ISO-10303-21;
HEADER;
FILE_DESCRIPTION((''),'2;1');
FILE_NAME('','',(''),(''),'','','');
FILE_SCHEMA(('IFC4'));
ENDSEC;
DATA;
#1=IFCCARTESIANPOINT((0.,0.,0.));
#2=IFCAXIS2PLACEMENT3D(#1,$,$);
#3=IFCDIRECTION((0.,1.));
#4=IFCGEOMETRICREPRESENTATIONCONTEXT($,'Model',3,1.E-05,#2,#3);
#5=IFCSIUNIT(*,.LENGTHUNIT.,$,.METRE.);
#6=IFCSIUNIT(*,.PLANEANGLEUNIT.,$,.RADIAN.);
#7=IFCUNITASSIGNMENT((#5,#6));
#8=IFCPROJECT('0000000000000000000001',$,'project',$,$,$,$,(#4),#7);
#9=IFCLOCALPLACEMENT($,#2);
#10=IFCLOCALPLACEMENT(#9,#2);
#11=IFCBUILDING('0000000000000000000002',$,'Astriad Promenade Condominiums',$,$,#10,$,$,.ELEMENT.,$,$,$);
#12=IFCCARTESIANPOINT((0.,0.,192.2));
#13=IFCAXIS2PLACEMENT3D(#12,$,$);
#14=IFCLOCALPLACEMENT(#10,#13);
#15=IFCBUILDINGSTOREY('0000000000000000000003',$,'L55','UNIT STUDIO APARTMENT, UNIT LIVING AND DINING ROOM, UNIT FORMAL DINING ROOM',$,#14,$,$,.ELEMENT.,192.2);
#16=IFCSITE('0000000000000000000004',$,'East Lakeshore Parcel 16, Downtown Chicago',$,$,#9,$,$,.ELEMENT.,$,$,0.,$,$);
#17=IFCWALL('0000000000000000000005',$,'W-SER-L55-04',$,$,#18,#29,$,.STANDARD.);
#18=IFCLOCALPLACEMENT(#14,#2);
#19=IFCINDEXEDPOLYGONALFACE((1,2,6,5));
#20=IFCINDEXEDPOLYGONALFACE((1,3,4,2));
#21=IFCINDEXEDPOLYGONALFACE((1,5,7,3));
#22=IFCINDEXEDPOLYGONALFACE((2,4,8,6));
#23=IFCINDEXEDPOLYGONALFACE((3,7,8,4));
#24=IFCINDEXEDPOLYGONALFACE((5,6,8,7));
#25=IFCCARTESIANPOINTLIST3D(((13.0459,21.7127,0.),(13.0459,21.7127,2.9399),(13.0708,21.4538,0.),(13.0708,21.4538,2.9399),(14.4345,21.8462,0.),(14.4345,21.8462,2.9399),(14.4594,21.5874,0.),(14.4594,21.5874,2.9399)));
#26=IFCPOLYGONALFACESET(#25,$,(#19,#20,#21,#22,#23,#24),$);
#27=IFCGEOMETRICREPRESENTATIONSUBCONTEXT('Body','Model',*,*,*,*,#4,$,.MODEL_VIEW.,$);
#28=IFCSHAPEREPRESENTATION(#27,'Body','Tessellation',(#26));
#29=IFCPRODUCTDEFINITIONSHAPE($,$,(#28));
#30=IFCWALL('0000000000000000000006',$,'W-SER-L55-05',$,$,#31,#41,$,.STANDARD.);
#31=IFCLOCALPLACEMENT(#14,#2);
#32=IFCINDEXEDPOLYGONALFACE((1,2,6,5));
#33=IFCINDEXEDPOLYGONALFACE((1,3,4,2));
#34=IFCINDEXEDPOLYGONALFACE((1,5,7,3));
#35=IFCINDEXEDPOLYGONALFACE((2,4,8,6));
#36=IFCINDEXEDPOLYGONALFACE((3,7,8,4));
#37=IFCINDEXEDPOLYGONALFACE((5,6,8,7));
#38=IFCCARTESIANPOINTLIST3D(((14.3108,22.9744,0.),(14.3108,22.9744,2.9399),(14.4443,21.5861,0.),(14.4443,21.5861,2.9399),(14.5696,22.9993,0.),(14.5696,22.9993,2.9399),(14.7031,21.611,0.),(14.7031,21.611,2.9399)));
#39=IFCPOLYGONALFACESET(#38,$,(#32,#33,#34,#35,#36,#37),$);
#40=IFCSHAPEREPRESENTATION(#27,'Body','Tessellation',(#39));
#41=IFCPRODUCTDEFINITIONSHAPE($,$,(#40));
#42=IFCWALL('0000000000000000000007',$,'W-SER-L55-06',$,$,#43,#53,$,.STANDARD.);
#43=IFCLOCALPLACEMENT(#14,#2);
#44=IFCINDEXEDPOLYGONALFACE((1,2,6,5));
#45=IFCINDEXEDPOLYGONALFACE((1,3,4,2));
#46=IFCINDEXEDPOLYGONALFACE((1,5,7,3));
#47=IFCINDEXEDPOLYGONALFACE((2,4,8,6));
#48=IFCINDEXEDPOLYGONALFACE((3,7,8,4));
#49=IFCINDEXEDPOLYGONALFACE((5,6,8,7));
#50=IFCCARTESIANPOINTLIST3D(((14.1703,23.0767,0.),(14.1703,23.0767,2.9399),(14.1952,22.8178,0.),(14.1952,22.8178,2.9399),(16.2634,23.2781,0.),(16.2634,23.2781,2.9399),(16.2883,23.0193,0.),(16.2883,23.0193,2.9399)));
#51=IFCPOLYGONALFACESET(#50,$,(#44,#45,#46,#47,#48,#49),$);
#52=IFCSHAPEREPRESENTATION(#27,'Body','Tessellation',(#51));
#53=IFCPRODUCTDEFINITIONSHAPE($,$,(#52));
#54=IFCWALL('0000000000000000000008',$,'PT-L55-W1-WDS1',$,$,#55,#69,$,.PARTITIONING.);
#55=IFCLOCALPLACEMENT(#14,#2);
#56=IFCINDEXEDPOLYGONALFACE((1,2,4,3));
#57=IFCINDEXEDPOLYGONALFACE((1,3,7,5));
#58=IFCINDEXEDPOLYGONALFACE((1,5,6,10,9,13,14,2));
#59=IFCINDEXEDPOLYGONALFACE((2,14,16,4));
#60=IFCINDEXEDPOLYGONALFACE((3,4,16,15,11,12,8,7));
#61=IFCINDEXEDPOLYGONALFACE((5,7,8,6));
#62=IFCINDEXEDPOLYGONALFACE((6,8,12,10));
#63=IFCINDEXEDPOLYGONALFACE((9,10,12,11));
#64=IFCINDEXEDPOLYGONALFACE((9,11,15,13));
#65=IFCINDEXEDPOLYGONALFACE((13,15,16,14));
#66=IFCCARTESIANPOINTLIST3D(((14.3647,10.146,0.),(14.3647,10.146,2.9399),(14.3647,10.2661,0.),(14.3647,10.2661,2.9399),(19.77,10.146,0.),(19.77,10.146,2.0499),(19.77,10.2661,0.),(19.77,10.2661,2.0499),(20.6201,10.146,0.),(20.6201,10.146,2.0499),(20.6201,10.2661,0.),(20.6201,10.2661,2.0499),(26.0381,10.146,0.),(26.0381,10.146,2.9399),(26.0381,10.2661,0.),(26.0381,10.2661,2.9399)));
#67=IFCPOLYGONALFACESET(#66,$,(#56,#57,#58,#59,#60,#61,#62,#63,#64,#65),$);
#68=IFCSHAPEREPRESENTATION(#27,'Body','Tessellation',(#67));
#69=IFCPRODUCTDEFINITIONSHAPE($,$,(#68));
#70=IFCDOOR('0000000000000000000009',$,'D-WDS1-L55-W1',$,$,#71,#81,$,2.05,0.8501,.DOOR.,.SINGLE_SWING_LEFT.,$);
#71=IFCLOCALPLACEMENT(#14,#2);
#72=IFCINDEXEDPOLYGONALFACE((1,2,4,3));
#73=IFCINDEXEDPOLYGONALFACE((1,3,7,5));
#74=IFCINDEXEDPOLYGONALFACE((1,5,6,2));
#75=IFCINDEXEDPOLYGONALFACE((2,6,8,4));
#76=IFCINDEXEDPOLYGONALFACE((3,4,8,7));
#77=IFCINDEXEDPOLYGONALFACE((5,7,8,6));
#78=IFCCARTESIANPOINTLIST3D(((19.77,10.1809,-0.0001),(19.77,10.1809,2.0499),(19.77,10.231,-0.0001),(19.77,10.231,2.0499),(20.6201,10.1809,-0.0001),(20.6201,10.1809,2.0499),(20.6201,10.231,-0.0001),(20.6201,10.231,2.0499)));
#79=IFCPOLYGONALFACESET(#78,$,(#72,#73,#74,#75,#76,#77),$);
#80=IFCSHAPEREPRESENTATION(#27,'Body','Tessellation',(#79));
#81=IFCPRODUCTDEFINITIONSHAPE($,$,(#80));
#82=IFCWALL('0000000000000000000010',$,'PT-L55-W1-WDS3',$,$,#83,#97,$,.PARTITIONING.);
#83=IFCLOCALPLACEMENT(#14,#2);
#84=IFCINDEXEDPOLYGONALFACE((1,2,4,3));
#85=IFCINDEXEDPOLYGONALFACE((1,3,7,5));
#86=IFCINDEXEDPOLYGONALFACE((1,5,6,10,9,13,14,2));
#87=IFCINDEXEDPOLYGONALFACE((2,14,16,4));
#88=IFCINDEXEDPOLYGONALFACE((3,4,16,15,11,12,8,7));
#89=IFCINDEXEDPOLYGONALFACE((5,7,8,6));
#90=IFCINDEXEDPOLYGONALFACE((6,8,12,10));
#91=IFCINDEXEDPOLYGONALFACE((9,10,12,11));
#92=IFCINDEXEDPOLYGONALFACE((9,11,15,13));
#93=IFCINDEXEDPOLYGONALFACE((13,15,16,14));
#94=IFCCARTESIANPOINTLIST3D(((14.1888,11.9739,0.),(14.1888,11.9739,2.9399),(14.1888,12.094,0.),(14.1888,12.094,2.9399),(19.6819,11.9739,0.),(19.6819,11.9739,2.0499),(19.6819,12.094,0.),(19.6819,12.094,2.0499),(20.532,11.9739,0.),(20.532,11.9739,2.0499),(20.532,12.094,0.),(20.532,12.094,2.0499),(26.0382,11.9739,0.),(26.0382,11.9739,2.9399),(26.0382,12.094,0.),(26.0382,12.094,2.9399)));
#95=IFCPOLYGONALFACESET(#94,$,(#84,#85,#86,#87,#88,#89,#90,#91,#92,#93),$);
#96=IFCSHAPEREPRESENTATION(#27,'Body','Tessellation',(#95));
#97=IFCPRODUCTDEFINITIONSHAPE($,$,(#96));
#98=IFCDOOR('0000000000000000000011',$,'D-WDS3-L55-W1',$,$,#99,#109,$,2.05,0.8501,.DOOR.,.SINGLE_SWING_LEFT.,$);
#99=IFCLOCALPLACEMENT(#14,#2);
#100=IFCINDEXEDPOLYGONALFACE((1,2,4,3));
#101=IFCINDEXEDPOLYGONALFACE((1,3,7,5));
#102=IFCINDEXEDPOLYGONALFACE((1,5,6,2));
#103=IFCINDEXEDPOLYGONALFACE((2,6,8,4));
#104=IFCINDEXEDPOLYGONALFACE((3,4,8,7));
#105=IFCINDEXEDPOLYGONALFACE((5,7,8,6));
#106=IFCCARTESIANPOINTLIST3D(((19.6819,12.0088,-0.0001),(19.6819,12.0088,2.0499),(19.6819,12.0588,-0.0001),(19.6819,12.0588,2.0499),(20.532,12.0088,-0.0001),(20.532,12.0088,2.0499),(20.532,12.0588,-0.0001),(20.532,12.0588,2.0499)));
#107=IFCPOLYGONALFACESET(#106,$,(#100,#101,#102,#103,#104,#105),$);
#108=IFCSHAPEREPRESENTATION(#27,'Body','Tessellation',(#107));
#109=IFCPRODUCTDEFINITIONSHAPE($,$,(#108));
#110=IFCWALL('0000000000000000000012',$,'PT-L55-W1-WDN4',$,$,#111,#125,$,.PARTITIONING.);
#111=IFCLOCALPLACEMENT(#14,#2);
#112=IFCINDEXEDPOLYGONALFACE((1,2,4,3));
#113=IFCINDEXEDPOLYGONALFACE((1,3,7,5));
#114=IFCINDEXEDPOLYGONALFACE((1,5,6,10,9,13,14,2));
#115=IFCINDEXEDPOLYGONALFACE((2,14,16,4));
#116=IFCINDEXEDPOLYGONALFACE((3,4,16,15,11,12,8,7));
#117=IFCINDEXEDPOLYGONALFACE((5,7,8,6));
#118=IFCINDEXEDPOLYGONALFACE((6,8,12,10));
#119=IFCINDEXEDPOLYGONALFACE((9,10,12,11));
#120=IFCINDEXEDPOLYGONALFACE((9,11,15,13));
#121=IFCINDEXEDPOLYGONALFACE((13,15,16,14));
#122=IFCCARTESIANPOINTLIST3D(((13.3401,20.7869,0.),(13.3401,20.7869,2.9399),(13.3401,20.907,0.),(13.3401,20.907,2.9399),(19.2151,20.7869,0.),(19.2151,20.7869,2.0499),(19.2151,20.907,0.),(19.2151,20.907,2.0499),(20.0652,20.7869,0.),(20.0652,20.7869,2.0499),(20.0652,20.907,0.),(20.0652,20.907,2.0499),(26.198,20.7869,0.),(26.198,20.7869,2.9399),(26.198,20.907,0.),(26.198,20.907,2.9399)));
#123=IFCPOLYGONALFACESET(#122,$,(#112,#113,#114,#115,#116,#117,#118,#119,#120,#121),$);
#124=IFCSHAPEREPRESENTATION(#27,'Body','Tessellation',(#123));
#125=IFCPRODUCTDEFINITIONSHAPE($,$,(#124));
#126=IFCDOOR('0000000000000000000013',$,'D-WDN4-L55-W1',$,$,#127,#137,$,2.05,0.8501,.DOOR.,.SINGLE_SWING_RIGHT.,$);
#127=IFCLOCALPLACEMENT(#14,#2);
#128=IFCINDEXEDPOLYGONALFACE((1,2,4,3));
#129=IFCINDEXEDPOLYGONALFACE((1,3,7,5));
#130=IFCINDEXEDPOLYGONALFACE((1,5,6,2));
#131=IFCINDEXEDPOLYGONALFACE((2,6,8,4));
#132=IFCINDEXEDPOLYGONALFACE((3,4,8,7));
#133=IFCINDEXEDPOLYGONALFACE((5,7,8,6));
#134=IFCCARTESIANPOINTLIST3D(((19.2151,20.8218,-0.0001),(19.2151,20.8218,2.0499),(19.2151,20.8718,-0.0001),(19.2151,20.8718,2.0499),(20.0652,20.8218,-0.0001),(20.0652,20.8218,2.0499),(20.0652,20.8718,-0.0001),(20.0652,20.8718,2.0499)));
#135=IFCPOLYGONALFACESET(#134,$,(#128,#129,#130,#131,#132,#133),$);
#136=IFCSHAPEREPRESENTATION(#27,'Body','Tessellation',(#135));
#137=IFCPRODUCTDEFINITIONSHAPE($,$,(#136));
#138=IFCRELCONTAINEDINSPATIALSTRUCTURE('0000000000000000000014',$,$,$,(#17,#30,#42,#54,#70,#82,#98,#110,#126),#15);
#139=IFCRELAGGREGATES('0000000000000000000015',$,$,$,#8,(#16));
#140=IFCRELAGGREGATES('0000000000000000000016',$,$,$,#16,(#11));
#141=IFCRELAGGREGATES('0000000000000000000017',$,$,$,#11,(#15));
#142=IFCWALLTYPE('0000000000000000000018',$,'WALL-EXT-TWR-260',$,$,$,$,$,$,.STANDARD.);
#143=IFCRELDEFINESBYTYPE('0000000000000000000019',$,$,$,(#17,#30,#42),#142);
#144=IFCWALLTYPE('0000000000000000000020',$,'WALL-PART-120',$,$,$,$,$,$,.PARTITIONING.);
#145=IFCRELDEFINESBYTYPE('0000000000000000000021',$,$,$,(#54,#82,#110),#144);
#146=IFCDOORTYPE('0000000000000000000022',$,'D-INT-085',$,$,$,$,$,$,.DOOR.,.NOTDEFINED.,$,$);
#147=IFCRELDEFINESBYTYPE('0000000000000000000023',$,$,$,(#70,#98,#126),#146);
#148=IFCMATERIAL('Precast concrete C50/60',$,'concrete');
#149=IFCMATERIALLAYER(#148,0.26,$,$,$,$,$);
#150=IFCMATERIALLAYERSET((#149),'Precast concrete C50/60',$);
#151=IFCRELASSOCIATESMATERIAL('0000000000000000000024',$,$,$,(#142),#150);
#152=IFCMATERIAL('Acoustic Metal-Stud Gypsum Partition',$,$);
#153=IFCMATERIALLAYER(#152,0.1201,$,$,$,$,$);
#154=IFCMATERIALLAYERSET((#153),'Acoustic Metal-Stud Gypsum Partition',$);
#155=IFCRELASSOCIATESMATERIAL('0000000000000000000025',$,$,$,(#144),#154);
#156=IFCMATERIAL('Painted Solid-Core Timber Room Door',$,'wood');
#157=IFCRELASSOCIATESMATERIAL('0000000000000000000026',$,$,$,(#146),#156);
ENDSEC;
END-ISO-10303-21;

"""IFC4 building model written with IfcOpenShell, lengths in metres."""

from ifc_helpers import new_model, si_unit, direction, frame, frame_2d, origin, place, context, subcontext, project, spatial, rectangle, extrude, source, transform, mapped, material, layer, layer_set, type_object, type_shapes, element, fill, save


model = new_model("IFC4")

# Units and contexts
model_context = context("Model", 3, precision=1e-05, world=origin(), true_north=direction((0.0, 1.0)))
body_context = subcontext(model_context, "Body", "Model", "MODEL_VIEW")
ifc_project = project(units=[si_unit("LENGTHUNIT", "METRE"), si_unit("PLANEANGLEUNIT", "RADIAN")], contexts=[model_context])

# Site, building, storey
site_placement = place(None, origin())
site = spatial("IfcSite", under=ifc_project, at=site_placement, Name="East Lakeshore Parcel 16, Downtown Chicago", CompositionType="ELEMENT", RefElevation=0.0)
building_placement = place(site_placement, origin())
building = spatial("IfcBuilding", under=site, at=building_placement, Name="Astriad Promenade Condominiums", CompositionType="ELEMENT")
storey_placement = place(building_placement, frame((0.0, 0.0, 192.2)))
storey = spatial("IfcBuildingStorey", under=building, at=storey_placement, Name="L55", Description="UNIT STUDIO APARTMENT, UNIT LIVING AND DINING ROOM, UNIT FORMAL DINING ROOM", CompositionType="ELEMENT", Elevation=192.2)

# Shared definitions
ifc_material_1 = material(Name="Precast concrete C50/60", Category="concrete")

# Walls
ifc_layer_1 = layer(ifc_material_1, 0.26)
ifc_layer_set_1 = layer_set([ifc_layer_1], Name="Precast concrete C50/60")
wall_type_1 = type_object("IfcWallType", Name="WALL-EXT-TWR-260", PredefinedType="STANDARD", material=ifc_layer_set_1)
wall_1_placement = place(storey_placement, frame((13.0583, 21.5833, 0.0), z_axis=(0.0, 0.0, 1.0), x_axis=(0.995408, 0.095726, 0.0)))
element("IfcWall", 1, at=wall_1_placement, inside=storey, type_object=wall_type_1, Name="W-SER-L55-04", PredefinedType="STANDARD", context=body_context, shape_type="SweptSolid", body=[
    extrude(rectangle(XDim=1.395, YDim=0.26, at=frame_2d((0.6975, 0.0))), origin(), (0.0, 0.0, 1.0), 2.9399),
])
wall_2_placement = place(storey_placement, frame((14.5737, 21.5986, 0.0), z_axis=(0.0, 0.0, 1.0), x_axis=(-0.095742, 0.995406, 0.0)))
element("IfcWall", 2, at=wall_2_placement, inside=storey, type_object=wall_type_1, Name="W-SER-L55-05", PredefinedType="STANDARD", context=body_context, shape_type="SweptSolid", body=[
    extrude(rectangle(XDim=1.3948, YDim=0.26, at=frame_2d((0.6973, 0.0))), origin(), (0.0, 0.0, 1.0), 2.9399),
])
wall_3_placement = place(storey_placement, frame((14.1829, 22.9473, 0.0), z_axis=(0.0, 0.0, 1.0), x_axis=(0.995402, 0.09579, 0.0)))
element("IfcWall", 3, at=wall_3_placement, inside=storey, type_object=wall_type_1, Name="W-SER-L55-06", PredefinedType="STANDARD", context=body_context, shape_type="SweptSolid", body=[
    extrude(rectangle(XDim=2.1028, YDim=0.26, at=frame_2d((1.0513, 0.0))), origin(), (0.0, 0.0, 1.0), 2.9399),
])

# Walls, openings, doors
ifc_material_2 = material(Name="Acoustic Metal-Stud Gypsum Partition")
ifc_layer_2 = layer(ifc_material_2, 0.1201)
ifc_layer_set_2 = layer_set([ifc_layer_2], Name="Acoustic Metal-Stud Gypsum Partition")
wall_type_2 = type_object("IfcWallType", Name="WALL-PART-120", PredefinedType="PARTITIONING", material=ifc_layer_set_2)
wall_4_placement = place(storey_placement, frame((14.3647, 10.2061, 0.0), z_axis=(0.0, 0.0, 1.0), x_axis=(1.0, 0.0, 0.0)))
wall_4 = element("IfcWall", 4, at=wall_4_placement, inside=storey, type_object=wall_type_2, Name="PT-L55-W1-WDS1", PredefinedType="PARTITIONING", context=body_context, shape_type="SweptSolid", body=[
    extrude(rectangle(XDim=11.6733, YDim=0.1201, at=frame_2d((5.8367, 0.0))), origin(), (0.0, 0.0, 1.0), 2.9399),
])
opening_1_placement = place(wall_4_placement, frame((5.4053, 0.0, 0.0)))
opening_1 = element("IfcOpeningElement", 5, at=opening_1_placement, cuts=wall_4, PredefinedType="OPENING", context=body_context, shape_type="SweptSolid", body=[
    extrude(rectangle(XDim=0.8501, YDim=2.05, at=frame_2d((0.425, 1.0249))), frame((0.0, 0.0701, 0.0), z_axis=(0.0, -1.0, 0.0), x_axis=(1.0, 0.0, 0.0)), (0.0, 0.0, 1.0), 0.1401),
])
ifc_material_3 = material(Name="Painted Solid-Core Timber Room Door", Category="wood")
door_type = type_object("IfcDoorType", Name="D-INT-085", OperationType="NOTDEFINED", PredefinedType="DOOR", material=ifc_material_3)
shared_shape_1 = source(origin(), body_context, "Body", "SweptSolid", [
    extrude(rectangle(XDim=0.8501, YDim=2.05, at=frame_2d((0.425, 1.0249))), frame((0.0, 0.0249, 0.0), z_axis=(0.0, -1.0, 0.0), x_axis=(1.0, 0.0, 0.0)), (0.0, 0.0, 1.0), 0.05),
])
type_shapes(door_type, [shared_shape_1])
door_1_placement = place(opening_1_placement, origin())
door_1 = element("IfcDoor", 6, at=door_1_placement, inside=storey, type_object=door_type, Name="D-WDS1-L55-W1", OperationType="SINGLE_SWING_LEFT", OverallHeight=2.05, OverallWidth=0.8501, PredefinedType="DOOR", context=body_context, shape_type="MappedRepresentation", body=[
    mapped(shared_shape_1, transform((0.0, 0.0, 0.0), scale=1.0)),
])
fill(opening_1, door_1)
wall_5_placement = place(storey_placement, frame((14.1887, 12.0339, 0.0), z_axis=(0.0, 0.0, 1.0), x_axis=(1.0, 0.0, 0.0)))
wall_5 = element("IfcWall", 7, at=wall_5_placement, inside=storey, type_object=wall_type_2, Name="PT-L55-W1-WDS3", PredefinedType="PARTITIONING", context=body_context, shape_type="SweptSolid", body=[
    extrude(rectangle(XDim=11.8494, YDim=0.1201, at=frame_2d((5.9248, 0.0))), origin(), (0.0, 0.0, 1.0), 2.9399),
])
opening_2_placement = place(wall_5_placement, frame((5.4932, 0.0, 0.0)))
opening_2 = element("IfcOpeningElement", 8, at=opening_2_placement, cuts=wall_5, PredefinedType="OPENING", context=body_context, shape_type="SweptSolid", body=[
    extrude(rectangle(XDim=0.8501, YDim=2.05, at=frame_2d((0.425, 1.0249))), frame((0.0, 0.0701, 0.0), z_axis=(0.0, -1.0, 0.0), x_axis=(1.0, 0.0, 0.0)), (0.0, 0.0, 1.0), 0.1401),
])
door_2_placement = place(opening_2_placement, origin())
door_2 = element("IfcDoor", 9, at=door_2_placement, inside=storey, type_object=door_type, Name="D-WDS3-L55-W1", OperationType="SINGLE_SWING_LEFT", OverallHeight=2.05, OverallWidth=0.8501, PredefinedType="DOOR", context=body_context, shape_type="MappedRepresentation", body=[
    mapped(shared_shape_1, transform((0.0, 0.0, 0.0), scale=1.0)),
])
fill(opening_2, door_2)
wall_6_placement = place(storey_placement, frame((13.3401, 20.8469, 0.0), z_axis=(0.0, 0.0, 1.0), x_axis=(1.0, 0.0, 0.0)))
wall_6 = element("IfcWall", 10, at=wall_6_placement, inside=storey, type_object=wall_type_2, Name="PT-L55-W1-WDN4", PredefinedType="PARTITIONING", context=body_context, shape_type="SweptSolid", body=[
    extrude(rectangle(XDim=12.8579, YDim=0.1201, at=frame_2d((6.429, 0.0))), origin(), (0.0, 0.0, 1.0), 2.9399),
])
opening_3_placement = place(wall_6_placement, frame((5.875, 0.0, 0.0)))
opening_3 = element("IfcOpeningElement", 11, at=opening_3_placement, cuts=wall_6, PredefinedType="OPENING", context=body_context, shape_type="SweptSolid", body=[
    extrude(rectangle(XDim=0.8501, YDim=2.05, at=frame_2d((0.425, 1.0249))), frame((0.0, 0.0701, 0.0), z_axis=(0.0, -1.0, 0.0), x_axis=(1.0, 0.0, 0.0)), (0.0, 0.0, 1.0), 0.1401),
])
door_3_placement = place(opening_3_placement, origin())
door_3 = element("IfcDoor", 12, at=door_3_placement, inside=storey, type_object=door_type, Name="D-WDN4-L55-W1", OperationType="SINGLE_SWING_RIGHT", OverallHeight=2.05, OverallWidth=0.8501, PredefinedType="DOOR", context=body_context, shape_type="MappedRepresentation", body=[
    mapped(shared_shape_1, transform((0.0, 0.0, 0.0), scale=1.0)),
])
fill(opening_3, door_3)

save(model, "model.ifc")
